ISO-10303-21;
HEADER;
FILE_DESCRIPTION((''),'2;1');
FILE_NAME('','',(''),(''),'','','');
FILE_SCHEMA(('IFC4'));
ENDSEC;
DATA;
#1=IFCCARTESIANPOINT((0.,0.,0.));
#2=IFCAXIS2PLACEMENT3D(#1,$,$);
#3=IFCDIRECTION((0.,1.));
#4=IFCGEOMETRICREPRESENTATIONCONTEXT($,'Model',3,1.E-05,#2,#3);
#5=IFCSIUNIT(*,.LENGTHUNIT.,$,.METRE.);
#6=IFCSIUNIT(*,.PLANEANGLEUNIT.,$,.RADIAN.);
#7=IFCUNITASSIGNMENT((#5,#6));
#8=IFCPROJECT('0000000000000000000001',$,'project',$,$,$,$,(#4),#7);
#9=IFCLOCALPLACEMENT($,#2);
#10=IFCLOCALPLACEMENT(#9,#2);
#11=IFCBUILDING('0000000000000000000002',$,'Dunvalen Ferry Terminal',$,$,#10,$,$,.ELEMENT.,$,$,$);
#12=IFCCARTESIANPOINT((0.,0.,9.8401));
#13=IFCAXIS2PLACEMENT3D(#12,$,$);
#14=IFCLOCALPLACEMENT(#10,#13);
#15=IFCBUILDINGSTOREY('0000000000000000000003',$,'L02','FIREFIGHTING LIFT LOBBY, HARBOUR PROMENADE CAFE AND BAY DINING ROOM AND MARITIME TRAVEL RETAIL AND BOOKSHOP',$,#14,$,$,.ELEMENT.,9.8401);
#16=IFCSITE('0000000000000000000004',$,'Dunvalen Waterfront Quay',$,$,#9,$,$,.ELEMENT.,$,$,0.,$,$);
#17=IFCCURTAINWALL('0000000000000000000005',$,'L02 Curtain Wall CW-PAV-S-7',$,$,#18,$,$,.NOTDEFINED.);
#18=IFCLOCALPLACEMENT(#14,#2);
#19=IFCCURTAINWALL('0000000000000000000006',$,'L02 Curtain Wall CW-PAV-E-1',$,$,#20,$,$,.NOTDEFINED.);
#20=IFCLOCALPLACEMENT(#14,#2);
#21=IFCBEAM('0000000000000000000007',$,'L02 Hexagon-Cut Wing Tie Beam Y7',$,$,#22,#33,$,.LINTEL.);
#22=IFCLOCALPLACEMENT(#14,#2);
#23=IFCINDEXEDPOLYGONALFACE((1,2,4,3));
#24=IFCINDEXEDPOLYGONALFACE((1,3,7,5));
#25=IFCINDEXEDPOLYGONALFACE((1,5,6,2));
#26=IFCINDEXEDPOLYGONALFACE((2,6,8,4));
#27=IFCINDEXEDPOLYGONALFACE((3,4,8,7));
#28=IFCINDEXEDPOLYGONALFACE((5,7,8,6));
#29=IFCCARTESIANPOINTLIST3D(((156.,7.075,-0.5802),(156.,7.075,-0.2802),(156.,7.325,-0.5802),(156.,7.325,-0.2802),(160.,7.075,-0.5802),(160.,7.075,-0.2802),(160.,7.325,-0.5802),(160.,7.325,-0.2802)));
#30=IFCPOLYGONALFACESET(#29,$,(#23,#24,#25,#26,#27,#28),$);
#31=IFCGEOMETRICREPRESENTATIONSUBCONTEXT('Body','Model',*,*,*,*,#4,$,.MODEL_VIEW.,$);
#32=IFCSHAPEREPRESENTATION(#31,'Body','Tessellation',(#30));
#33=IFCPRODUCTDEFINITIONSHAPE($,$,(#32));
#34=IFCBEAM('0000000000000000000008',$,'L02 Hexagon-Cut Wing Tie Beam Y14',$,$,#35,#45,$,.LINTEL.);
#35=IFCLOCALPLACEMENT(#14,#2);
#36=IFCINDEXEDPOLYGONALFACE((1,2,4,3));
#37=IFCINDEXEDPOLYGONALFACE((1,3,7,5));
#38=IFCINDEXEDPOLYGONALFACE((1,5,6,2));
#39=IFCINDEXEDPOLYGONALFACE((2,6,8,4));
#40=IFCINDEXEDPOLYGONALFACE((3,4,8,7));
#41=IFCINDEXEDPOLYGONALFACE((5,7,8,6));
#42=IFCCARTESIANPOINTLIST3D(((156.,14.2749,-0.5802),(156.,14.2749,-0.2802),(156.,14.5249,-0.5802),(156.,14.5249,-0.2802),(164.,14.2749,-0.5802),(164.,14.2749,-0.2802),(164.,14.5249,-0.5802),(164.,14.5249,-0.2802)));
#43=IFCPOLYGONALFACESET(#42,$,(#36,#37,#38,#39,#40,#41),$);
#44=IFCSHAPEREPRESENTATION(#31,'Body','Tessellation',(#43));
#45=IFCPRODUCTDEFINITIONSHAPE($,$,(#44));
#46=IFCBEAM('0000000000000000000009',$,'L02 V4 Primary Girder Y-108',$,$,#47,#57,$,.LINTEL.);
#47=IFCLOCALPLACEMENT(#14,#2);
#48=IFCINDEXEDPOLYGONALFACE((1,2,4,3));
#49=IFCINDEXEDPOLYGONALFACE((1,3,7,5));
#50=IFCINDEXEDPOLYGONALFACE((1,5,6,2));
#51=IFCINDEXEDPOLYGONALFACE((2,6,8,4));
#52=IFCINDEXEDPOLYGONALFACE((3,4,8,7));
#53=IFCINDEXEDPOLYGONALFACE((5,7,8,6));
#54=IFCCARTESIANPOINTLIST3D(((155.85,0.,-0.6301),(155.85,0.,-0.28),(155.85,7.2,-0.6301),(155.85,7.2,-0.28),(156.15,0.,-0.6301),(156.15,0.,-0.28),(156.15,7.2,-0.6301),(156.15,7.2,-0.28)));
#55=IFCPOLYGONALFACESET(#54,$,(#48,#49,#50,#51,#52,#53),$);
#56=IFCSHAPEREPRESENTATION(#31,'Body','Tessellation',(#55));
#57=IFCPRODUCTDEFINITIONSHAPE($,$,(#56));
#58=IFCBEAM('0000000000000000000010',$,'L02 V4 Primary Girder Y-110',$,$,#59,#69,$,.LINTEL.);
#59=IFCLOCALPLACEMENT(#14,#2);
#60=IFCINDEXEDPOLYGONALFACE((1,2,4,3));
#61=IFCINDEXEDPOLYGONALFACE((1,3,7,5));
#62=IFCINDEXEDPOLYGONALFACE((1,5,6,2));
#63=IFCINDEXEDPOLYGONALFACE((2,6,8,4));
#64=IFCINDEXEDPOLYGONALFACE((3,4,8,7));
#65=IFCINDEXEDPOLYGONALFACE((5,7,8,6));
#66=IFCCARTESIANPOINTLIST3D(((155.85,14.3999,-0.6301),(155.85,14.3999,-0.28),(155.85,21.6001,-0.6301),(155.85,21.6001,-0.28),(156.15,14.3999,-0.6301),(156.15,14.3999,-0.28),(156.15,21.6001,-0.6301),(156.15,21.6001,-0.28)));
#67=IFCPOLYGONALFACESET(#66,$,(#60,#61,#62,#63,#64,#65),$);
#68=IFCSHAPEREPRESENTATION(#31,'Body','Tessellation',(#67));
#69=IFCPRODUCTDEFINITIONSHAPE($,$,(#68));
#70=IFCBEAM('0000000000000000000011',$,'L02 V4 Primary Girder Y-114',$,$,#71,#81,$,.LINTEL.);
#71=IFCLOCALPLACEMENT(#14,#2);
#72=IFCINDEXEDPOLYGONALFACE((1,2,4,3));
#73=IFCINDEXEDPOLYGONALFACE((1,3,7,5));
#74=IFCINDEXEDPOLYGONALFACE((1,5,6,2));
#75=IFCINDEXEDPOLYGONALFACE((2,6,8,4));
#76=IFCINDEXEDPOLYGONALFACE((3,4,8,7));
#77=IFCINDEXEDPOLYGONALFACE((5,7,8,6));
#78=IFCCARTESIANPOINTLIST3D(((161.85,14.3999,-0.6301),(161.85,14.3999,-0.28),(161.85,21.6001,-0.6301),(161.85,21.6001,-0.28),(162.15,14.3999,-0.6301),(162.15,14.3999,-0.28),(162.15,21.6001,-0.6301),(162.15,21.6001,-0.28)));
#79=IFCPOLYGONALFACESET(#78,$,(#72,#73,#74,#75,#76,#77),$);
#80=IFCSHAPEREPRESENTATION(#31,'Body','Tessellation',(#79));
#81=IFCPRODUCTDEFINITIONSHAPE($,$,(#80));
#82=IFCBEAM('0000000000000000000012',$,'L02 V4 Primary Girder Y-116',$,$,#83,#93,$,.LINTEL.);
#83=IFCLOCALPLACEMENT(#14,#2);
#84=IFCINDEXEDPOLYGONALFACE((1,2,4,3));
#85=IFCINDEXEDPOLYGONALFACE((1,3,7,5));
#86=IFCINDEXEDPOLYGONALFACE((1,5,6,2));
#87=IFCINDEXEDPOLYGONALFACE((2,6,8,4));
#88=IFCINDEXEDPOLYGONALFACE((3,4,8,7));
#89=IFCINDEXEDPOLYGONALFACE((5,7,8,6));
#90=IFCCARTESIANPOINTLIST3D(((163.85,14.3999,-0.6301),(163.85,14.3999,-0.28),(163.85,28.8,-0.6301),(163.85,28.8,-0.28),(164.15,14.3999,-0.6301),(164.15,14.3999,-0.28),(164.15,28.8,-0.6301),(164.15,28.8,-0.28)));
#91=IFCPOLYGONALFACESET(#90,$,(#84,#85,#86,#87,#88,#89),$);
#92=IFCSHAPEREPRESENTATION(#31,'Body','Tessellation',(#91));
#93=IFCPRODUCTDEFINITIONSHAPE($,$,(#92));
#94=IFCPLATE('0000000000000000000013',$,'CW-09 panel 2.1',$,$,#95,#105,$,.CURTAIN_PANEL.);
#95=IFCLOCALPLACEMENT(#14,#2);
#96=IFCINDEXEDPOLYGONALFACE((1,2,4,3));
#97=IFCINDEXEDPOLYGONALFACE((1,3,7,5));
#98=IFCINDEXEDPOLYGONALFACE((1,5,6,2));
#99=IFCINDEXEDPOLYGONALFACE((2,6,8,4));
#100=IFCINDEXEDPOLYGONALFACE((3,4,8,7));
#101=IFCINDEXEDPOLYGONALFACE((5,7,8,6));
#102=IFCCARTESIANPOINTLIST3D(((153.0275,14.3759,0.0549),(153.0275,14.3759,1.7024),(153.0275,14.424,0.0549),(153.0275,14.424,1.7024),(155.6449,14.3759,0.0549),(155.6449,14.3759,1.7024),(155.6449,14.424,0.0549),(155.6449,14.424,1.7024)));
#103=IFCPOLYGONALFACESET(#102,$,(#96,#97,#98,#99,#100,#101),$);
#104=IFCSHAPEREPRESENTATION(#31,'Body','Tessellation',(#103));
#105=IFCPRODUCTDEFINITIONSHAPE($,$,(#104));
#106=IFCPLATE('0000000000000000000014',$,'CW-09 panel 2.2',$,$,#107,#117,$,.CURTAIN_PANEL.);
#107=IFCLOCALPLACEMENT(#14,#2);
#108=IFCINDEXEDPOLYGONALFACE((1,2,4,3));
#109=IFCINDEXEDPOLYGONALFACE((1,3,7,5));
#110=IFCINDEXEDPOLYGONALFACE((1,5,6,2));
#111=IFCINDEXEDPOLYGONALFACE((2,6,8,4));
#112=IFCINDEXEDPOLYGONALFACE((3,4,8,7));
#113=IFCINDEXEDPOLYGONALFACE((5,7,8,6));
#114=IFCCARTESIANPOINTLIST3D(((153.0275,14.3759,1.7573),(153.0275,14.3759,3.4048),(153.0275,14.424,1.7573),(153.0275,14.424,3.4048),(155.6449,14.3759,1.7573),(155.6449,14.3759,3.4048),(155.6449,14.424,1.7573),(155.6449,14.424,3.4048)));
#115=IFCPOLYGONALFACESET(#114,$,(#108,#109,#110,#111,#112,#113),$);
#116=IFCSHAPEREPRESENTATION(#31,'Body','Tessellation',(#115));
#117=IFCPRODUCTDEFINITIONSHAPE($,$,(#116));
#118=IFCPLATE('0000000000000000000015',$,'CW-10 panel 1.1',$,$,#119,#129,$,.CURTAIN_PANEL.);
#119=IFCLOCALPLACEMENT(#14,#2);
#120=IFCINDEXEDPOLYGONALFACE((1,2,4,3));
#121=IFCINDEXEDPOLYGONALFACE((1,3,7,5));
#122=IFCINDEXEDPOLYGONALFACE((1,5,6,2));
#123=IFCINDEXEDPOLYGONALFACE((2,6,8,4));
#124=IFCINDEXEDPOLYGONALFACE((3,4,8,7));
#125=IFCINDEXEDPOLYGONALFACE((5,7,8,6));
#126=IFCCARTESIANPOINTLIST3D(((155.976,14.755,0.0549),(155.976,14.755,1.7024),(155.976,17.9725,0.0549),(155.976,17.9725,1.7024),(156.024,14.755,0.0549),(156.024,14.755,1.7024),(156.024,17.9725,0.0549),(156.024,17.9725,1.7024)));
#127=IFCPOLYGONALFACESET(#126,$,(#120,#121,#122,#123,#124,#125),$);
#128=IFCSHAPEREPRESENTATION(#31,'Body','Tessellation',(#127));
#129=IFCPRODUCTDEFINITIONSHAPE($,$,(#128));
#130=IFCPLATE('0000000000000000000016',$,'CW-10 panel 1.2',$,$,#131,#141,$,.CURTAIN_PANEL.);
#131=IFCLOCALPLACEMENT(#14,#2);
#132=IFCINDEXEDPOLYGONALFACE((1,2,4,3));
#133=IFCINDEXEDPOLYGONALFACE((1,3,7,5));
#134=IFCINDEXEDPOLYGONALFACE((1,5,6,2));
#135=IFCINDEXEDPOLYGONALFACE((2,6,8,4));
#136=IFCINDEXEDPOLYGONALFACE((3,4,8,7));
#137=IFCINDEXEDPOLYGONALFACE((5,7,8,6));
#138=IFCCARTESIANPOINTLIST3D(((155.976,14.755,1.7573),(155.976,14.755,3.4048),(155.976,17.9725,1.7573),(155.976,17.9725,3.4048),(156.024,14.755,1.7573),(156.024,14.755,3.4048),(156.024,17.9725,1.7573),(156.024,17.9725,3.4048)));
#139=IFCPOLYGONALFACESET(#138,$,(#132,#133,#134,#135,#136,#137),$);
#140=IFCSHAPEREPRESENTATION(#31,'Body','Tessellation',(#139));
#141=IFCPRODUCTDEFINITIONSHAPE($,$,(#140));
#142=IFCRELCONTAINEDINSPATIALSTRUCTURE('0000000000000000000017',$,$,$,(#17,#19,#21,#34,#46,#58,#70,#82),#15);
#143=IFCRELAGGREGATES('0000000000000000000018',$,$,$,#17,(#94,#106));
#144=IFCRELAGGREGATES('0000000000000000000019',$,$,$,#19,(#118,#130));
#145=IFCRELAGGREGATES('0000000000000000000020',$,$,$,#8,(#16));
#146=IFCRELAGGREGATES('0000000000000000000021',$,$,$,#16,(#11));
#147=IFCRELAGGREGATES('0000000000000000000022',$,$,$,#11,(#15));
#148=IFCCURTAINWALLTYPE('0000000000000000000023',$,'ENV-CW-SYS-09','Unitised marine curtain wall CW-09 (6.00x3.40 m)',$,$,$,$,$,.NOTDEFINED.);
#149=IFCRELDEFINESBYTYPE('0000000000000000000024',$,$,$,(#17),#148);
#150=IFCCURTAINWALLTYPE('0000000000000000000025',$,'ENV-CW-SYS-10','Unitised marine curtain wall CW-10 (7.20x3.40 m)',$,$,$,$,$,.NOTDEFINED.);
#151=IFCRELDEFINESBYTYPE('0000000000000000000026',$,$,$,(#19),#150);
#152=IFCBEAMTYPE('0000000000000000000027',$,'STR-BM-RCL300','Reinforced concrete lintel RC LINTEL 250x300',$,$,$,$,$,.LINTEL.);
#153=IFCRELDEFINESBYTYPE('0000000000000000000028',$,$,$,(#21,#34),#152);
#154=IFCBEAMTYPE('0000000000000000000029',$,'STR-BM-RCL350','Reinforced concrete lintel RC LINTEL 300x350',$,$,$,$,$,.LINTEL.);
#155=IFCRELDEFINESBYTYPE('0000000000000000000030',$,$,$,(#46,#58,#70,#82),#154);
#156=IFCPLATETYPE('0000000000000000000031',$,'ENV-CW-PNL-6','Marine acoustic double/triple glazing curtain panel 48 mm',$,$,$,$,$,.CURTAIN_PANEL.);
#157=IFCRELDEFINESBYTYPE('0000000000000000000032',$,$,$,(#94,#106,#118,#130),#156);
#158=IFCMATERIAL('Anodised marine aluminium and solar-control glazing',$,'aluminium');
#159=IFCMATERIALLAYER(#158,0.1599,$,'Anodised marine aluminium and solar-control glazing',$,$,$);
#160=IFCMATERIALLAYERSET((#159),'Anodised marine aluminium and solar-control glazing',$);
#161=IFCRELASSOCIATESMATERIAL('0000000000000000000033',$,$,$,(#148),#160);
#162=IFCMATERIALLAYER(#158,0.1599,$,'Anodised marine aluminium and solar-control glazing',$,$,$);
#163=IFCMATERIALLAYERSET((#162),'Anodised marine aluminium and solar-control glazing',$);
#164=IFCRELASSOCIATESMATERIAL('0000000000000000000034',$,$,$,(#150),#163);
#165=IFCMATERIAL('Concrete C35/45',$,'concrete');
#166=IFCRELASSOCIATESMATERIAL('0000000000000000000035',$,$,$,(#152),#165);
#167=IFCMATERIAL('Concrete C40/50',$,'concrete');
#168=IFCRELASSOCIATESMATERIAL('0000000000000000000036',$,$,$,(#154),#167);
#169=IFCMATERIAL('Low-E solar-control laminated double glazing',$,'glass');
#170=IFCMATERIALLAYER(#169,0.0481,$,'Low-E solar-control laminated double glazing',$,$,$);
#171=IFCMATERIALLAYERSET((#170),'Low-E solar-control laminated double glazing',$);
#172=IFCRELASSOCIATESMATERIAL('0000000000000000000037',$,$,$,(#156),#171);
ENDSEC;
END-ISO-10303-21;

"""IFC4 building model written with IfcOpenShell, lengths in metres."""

from ifc_helpers import new_model, si_unit, direction, frame, origin, origin_2d, place, context, subcontext, project, spatial, rectangle, extrude, material, layer, layer_set, material_profile, profile_set, type_object, element, aggregate, save


model = new_model("IFC4")

# Units and contexts
model_context = context("Model", 3, precision=1e-05, world=origin(), true_north=direction((0.0, 1.0)))
body_context = subcontext(model_context, "Body", "Model", "MODEL_VIEW")
ifc_project = project(units=[si_unit("LENGTHUNIT", "METRE"), si_unit("PLANEANGLEUNIT", "RADIAN")], contexts=[model_context])

# Site, building, storey
site_placement = place(None, origin())
site = spatial("IfcSite", under=ifc_project, at=site_placement, Name="Dunvalen Waterfront Quay", CompositionType="ELEMENT", RefElevation=0.0)
building_placement = place(site_placement, origin())
building = spatial("IfcBuilding", under=site, at=building_placement, Name="Dunvalen Ferry Terminal", CompositionType="ELEMENT")
storey_placement = place(building_placement, frame((0.0, 0.0, 9.8401)))
storey = spatial("IfcBuildingStorey", under=building, at=storey_placement, Name="L02", Description="FIREFIGHTING LIFT LOBBY, HARBOUR PROMENADE CAFE AND BAY DINING ROOM AND MARITIME TRAVEL RETAIL AND BOOKSHOP", CompositionType="ELEMENT", Elevation=9.8401)

# Curtain wall
ifc_material_1 = material(Name="Anodised marine aluminium and solar-control glazing", Category="aluminium")
ifc_layer_1 = layer(ifc_material_1, 0.1599, Name="Anodised marine aluminium and solar-control glazing")
ifc_layer_set_1 = layer_set([ifc_layer_1], Name="Anodised marine aluminium and solar-control glazing")
curtain_wall_type_1 = type_object("IfcCurtainWallType", Name="ENV-CW-SYS-09", Description="Unitised marine curtain wall CW-09 (6.00x3.40 m)", PredefinedType="NOTDEFINED", material=ifc_layer_set_1)
curtain_wall_1_placement = place(storey_placement, origin())
curtain_wall_1 = element("IfcCurtainWall", 1, at=curtain_wall_1_placement, inside=storey, type_object=curtain_wall_type_1, Name="L02 Curtain Wall CW-PAV-S-7", PredefinedType="NOTDEFINED")

# Curtain wall
ifc_layer_2 = layer(ifc_material_1, 0.1599, Name="Anodised marine aluminium and solar-control glazing")
ifc_layer_set_2 = layer_set([ifc_layer_2], Name="Anodised marine aluminium and solar-control glazing")
curtain_wall_type_2 = type_object("IfcCurtainWallType", Name="ENV-CW-SYS-10", Description="Unitised marine curtain wall CW-10 (7.20x3.40 m)", PredefinedType="NOTDEFINED", material=ifc_layer_set_2)
curtain_wall_2_placement = place(storey_placement, origin())
curtain_wall_2 = element("IfcCurtainWall", 2, at=curtain_wall_2_placement, inside=storey, type_object=curtain_wall_type_2, Name="L02 Curtain Wall CW-PAV-E-1", PredefinedType="NOTDEFINED")

# Beams
ifc_material_2 = material(Name="Concrete C35/45", Category="concrete")
ifc_material_profile_1 = material_profile(ifc_material_2, rectangle(XDim=0.25, YDim=0.3, at=origin_2d()), Name="Concrete C35/45")
ifc_profile_set_1 = profile_set([ifc_material_profile_1], Name="Concrete C35/45")
beam_type_1 = type_object("IfcBeamType", Name="STR-BM-RCL300", Description="Reinforced concrete lintel RC LINTEL 250x300", PredefinedType="LINTEL", material=ifc_profile_set_1)
beam_1_placement = place(storey_placement, frame((156.0, 7.2, -0.4302), z_axis=(1.0, 0.0, 0.0), x_axis=(0.0, 1.0, 0.0)))
element("IfcBeam", 3, at=beam_1_placement, inside=storey, type_object=beam_type_1, Name="L02 Hexagon-Cut Wing Tie Beam Y7", PredefinedType="LINTEL", context=body_context, shape_type="SweptSolid", body=[
    extrude(rectangle(XDim=0.25, YDim=0.3, at=origin_2d()), origin(), (0.0, 0.0, 1.0), 4.0),
])
beam_2_placement = place(storey_placement, frame((156.0, 14.3999, -0.4302), z_axis=(1.0, 0.0, 0.0), x_axis=(0.0, 1.0, 0.0)))
element("IfcBeam", 4, at=beam_2_placement, inside=storey, type_object=beam_type_1, Name="L02 Hexagon-Cut Wing Tie Beam Y14", PredefinedType="LINTEL", context=body_context, shape_type="SweptSolid", body=[
    extrude(rectangle(XDim=0.25, YDim=0.3, at=origin_2d()), origin(), (0.0, 0.0, 1.0), 8.0),
])
ifc_material_3 = material(Name="Concrete C40/50", Category="concrete")
ifc_material_profile_2 = material_profile(ifc_material_3, rectangle(XDim=0.3, YDim=0.3501, at=origin_2d()), Name="Concrete C40/50")
ifc_profile_set_2 = profile_set([ifc_material_profile_2], Name="Concrete C40/50")
beam_type_2 = type_object("IfcBeamType", Name="STR-BM-RCL350", Description="Reinforced concrete lintel RC LINTEL 300x350", PredefinedType="LINTEL", material=ifc_profile_set_2)
beam_3_placement = place(storey_placement, frame((156.0, 0.0, -0.4551), z_axis=(0.0, 1.0, 0.0), x_axis=(-1.0, 0.0, 0.0)))
element("IfcBeam", 5, at=beam_3_placement, inside=storey, type_object=beam_type_2, Name="L02 V4 Primary Girder Y-108", PredefinedType="LINTEL", context=body_context, shape_type="SweptSolid", body=[
    extrude(rectangle(XDim=0.3, YDim=0.3501, at=origin_2d()), origin(), (0.0, 0.0, 1.0), 7.2),
])
for number, where, z_axis, x_axis, name in (
    (6, (156.0, 14.3999, -0.4551), (0.0, 1.0, 0.0), (-1.0, 0.0, 0.0), "L02 V4 Primary Girder Y-110"),
    (7, (162.0, 14.3999, -0.4551), (0.0, 1.0, 0.0), (-1.0, 0.0, 0.0), "L02 V4 Primary Girder Y-114"),
):
    element("IfcBeam", number, at=place(storey_placement, frame(where, z_axis=z_axis, x_axis=x_axis)), inside=storey, type_object=beam_type_2, Name=name, PredefinedType="LINTEL", context=body_context, shape_type="SweptSolid", body=[
        extrude(rectangle(XDim=0.3, YDim=0.3501, at=origin_2d()), origin(), (0.0, 0.0, 1.0), 7.2002),
    ])
beam_4_placement = place(storey_placement, frame((164.0, 14.3999, -0.4551), z_axis=(0.0, 1.0, 0.0), x_axis=(-1.0, 0.0, 0.0)))
element("IfcBeam", 8, at=beam_4_placement, inside=storey, type_object=beam_type_2, Name="L02 V4 Primary Girder Y-116", PredefinedType="LINTEL", context=body_context, shape_type="SweptSolid", body=[
    extrude(rectangle(XDim=0.3, YDim=0.3501, at=origin_2d()), origin(), (0.0, 0.0, 1.0), 14.4001),
])

# Plates
ifc_material_4 = material(Name="Low-E solar-control laminated double glazing", Category="glass")
ifc_layer_3 = layer(ifc_material_4, 0.0481, Name="Low-E solar-control laminated double glazing")
ifc_layer_set_3 = layer_set([ifc_layer_3], Name="Low-E solar-control laminated double glazing")
plate_type = type_object("IfcPlateType", Name="ENV-CW-PNL-6", Description="Marine acoustic double/triple glazing curtain panel 48 mm", PredefinedType="CURTAIN_PANEL", material=ifc_layer_set_3)
plate_1_placement = place(storey_placement, frame((154.3362, 14.3999, 0.0549), z_axis=(0.0, 0.0, 1.0), x_axis=(1.0, 0.0, 0.0)))
plate_1 = element("IfcPlate", 9, at=plate_1_placement, type_object=plate_type, Name="CW-09 panel 2.1", PredefinedType="CURTAIN_PANEL", context=body_context, shape_type="SweptSolid", body=[
    extrude(rectangle(XDim=2.6174, YDim=0.0481, at=origin_2d()), origin(), (0.0, 0.0, 1.0), 1.6475),
])
plate_2_placement = place(storey_placement, frame((154.3362, 14.3999, 1.7573), z_axis=(0.0, 0.0, 1.0), x_axis=(1.0, 0.0, 0.0)))
plate_2 = element("IfcPlate", 10, at=plate_2_placement, type_object=plate_type, Name="CW-09 panel 2.2", PredefinedType="CURTAIN_PANEL", context=body_context, shape_type="SweptSolid", body=[
    extrude(rectangle(XDim=2.6174, YDim=0.0481, at=origin_2d()), origin(), (0.0, 0.0, 1.0), 1.6475),
])
aggregate(curtain_wall_1, [plate_1, plate_2])
plate_3_placement = place(storey_placement, frame((156.0, 16.3638, 0.0549), z_axis=(0.0, 0.0, 1.0), x_axis=(0.0, 1.0, 0.0)))
plate_3 = element("IfcPlate", 11, at=plate_3_placement, type_object=plate_type, Name="CW-10 panel 1.1", PredefinedType="CURTAIN_PANEL", context=body_context, shape_type="SweptSolid", body=[
    extrude(rectangle(XDim=3.2175, YDim=0.0481, at=origin_2d()), origin(), (0.0, 0.0, 1.0), 1.6475),
])
plate_4_placement = place(storey_placement, frame((156.0, 16.3638, 1.7573), z_axis=(0.0, 0.0, 1.0), x_axis=(0.0, 1.0, 0.0)))
plate_4 = element("IfcPlate", 12, at=plate_4_placement, type_object=plate_type, Name="CW-10 panel 1.2", PredefinedType="CURTAIN_PANEL", context=body_context, shape_type="SweptSolid", body=[
    extrude(rectangle(XDim=3.2175, YDim=0.0481, at=origin_2d()), origin(), (0.0, 0.0, 1.0), 1.6475),
])
aggregate(curtain_wall_2, [plate_3, plate_4])

save(model, "model.ifc")
